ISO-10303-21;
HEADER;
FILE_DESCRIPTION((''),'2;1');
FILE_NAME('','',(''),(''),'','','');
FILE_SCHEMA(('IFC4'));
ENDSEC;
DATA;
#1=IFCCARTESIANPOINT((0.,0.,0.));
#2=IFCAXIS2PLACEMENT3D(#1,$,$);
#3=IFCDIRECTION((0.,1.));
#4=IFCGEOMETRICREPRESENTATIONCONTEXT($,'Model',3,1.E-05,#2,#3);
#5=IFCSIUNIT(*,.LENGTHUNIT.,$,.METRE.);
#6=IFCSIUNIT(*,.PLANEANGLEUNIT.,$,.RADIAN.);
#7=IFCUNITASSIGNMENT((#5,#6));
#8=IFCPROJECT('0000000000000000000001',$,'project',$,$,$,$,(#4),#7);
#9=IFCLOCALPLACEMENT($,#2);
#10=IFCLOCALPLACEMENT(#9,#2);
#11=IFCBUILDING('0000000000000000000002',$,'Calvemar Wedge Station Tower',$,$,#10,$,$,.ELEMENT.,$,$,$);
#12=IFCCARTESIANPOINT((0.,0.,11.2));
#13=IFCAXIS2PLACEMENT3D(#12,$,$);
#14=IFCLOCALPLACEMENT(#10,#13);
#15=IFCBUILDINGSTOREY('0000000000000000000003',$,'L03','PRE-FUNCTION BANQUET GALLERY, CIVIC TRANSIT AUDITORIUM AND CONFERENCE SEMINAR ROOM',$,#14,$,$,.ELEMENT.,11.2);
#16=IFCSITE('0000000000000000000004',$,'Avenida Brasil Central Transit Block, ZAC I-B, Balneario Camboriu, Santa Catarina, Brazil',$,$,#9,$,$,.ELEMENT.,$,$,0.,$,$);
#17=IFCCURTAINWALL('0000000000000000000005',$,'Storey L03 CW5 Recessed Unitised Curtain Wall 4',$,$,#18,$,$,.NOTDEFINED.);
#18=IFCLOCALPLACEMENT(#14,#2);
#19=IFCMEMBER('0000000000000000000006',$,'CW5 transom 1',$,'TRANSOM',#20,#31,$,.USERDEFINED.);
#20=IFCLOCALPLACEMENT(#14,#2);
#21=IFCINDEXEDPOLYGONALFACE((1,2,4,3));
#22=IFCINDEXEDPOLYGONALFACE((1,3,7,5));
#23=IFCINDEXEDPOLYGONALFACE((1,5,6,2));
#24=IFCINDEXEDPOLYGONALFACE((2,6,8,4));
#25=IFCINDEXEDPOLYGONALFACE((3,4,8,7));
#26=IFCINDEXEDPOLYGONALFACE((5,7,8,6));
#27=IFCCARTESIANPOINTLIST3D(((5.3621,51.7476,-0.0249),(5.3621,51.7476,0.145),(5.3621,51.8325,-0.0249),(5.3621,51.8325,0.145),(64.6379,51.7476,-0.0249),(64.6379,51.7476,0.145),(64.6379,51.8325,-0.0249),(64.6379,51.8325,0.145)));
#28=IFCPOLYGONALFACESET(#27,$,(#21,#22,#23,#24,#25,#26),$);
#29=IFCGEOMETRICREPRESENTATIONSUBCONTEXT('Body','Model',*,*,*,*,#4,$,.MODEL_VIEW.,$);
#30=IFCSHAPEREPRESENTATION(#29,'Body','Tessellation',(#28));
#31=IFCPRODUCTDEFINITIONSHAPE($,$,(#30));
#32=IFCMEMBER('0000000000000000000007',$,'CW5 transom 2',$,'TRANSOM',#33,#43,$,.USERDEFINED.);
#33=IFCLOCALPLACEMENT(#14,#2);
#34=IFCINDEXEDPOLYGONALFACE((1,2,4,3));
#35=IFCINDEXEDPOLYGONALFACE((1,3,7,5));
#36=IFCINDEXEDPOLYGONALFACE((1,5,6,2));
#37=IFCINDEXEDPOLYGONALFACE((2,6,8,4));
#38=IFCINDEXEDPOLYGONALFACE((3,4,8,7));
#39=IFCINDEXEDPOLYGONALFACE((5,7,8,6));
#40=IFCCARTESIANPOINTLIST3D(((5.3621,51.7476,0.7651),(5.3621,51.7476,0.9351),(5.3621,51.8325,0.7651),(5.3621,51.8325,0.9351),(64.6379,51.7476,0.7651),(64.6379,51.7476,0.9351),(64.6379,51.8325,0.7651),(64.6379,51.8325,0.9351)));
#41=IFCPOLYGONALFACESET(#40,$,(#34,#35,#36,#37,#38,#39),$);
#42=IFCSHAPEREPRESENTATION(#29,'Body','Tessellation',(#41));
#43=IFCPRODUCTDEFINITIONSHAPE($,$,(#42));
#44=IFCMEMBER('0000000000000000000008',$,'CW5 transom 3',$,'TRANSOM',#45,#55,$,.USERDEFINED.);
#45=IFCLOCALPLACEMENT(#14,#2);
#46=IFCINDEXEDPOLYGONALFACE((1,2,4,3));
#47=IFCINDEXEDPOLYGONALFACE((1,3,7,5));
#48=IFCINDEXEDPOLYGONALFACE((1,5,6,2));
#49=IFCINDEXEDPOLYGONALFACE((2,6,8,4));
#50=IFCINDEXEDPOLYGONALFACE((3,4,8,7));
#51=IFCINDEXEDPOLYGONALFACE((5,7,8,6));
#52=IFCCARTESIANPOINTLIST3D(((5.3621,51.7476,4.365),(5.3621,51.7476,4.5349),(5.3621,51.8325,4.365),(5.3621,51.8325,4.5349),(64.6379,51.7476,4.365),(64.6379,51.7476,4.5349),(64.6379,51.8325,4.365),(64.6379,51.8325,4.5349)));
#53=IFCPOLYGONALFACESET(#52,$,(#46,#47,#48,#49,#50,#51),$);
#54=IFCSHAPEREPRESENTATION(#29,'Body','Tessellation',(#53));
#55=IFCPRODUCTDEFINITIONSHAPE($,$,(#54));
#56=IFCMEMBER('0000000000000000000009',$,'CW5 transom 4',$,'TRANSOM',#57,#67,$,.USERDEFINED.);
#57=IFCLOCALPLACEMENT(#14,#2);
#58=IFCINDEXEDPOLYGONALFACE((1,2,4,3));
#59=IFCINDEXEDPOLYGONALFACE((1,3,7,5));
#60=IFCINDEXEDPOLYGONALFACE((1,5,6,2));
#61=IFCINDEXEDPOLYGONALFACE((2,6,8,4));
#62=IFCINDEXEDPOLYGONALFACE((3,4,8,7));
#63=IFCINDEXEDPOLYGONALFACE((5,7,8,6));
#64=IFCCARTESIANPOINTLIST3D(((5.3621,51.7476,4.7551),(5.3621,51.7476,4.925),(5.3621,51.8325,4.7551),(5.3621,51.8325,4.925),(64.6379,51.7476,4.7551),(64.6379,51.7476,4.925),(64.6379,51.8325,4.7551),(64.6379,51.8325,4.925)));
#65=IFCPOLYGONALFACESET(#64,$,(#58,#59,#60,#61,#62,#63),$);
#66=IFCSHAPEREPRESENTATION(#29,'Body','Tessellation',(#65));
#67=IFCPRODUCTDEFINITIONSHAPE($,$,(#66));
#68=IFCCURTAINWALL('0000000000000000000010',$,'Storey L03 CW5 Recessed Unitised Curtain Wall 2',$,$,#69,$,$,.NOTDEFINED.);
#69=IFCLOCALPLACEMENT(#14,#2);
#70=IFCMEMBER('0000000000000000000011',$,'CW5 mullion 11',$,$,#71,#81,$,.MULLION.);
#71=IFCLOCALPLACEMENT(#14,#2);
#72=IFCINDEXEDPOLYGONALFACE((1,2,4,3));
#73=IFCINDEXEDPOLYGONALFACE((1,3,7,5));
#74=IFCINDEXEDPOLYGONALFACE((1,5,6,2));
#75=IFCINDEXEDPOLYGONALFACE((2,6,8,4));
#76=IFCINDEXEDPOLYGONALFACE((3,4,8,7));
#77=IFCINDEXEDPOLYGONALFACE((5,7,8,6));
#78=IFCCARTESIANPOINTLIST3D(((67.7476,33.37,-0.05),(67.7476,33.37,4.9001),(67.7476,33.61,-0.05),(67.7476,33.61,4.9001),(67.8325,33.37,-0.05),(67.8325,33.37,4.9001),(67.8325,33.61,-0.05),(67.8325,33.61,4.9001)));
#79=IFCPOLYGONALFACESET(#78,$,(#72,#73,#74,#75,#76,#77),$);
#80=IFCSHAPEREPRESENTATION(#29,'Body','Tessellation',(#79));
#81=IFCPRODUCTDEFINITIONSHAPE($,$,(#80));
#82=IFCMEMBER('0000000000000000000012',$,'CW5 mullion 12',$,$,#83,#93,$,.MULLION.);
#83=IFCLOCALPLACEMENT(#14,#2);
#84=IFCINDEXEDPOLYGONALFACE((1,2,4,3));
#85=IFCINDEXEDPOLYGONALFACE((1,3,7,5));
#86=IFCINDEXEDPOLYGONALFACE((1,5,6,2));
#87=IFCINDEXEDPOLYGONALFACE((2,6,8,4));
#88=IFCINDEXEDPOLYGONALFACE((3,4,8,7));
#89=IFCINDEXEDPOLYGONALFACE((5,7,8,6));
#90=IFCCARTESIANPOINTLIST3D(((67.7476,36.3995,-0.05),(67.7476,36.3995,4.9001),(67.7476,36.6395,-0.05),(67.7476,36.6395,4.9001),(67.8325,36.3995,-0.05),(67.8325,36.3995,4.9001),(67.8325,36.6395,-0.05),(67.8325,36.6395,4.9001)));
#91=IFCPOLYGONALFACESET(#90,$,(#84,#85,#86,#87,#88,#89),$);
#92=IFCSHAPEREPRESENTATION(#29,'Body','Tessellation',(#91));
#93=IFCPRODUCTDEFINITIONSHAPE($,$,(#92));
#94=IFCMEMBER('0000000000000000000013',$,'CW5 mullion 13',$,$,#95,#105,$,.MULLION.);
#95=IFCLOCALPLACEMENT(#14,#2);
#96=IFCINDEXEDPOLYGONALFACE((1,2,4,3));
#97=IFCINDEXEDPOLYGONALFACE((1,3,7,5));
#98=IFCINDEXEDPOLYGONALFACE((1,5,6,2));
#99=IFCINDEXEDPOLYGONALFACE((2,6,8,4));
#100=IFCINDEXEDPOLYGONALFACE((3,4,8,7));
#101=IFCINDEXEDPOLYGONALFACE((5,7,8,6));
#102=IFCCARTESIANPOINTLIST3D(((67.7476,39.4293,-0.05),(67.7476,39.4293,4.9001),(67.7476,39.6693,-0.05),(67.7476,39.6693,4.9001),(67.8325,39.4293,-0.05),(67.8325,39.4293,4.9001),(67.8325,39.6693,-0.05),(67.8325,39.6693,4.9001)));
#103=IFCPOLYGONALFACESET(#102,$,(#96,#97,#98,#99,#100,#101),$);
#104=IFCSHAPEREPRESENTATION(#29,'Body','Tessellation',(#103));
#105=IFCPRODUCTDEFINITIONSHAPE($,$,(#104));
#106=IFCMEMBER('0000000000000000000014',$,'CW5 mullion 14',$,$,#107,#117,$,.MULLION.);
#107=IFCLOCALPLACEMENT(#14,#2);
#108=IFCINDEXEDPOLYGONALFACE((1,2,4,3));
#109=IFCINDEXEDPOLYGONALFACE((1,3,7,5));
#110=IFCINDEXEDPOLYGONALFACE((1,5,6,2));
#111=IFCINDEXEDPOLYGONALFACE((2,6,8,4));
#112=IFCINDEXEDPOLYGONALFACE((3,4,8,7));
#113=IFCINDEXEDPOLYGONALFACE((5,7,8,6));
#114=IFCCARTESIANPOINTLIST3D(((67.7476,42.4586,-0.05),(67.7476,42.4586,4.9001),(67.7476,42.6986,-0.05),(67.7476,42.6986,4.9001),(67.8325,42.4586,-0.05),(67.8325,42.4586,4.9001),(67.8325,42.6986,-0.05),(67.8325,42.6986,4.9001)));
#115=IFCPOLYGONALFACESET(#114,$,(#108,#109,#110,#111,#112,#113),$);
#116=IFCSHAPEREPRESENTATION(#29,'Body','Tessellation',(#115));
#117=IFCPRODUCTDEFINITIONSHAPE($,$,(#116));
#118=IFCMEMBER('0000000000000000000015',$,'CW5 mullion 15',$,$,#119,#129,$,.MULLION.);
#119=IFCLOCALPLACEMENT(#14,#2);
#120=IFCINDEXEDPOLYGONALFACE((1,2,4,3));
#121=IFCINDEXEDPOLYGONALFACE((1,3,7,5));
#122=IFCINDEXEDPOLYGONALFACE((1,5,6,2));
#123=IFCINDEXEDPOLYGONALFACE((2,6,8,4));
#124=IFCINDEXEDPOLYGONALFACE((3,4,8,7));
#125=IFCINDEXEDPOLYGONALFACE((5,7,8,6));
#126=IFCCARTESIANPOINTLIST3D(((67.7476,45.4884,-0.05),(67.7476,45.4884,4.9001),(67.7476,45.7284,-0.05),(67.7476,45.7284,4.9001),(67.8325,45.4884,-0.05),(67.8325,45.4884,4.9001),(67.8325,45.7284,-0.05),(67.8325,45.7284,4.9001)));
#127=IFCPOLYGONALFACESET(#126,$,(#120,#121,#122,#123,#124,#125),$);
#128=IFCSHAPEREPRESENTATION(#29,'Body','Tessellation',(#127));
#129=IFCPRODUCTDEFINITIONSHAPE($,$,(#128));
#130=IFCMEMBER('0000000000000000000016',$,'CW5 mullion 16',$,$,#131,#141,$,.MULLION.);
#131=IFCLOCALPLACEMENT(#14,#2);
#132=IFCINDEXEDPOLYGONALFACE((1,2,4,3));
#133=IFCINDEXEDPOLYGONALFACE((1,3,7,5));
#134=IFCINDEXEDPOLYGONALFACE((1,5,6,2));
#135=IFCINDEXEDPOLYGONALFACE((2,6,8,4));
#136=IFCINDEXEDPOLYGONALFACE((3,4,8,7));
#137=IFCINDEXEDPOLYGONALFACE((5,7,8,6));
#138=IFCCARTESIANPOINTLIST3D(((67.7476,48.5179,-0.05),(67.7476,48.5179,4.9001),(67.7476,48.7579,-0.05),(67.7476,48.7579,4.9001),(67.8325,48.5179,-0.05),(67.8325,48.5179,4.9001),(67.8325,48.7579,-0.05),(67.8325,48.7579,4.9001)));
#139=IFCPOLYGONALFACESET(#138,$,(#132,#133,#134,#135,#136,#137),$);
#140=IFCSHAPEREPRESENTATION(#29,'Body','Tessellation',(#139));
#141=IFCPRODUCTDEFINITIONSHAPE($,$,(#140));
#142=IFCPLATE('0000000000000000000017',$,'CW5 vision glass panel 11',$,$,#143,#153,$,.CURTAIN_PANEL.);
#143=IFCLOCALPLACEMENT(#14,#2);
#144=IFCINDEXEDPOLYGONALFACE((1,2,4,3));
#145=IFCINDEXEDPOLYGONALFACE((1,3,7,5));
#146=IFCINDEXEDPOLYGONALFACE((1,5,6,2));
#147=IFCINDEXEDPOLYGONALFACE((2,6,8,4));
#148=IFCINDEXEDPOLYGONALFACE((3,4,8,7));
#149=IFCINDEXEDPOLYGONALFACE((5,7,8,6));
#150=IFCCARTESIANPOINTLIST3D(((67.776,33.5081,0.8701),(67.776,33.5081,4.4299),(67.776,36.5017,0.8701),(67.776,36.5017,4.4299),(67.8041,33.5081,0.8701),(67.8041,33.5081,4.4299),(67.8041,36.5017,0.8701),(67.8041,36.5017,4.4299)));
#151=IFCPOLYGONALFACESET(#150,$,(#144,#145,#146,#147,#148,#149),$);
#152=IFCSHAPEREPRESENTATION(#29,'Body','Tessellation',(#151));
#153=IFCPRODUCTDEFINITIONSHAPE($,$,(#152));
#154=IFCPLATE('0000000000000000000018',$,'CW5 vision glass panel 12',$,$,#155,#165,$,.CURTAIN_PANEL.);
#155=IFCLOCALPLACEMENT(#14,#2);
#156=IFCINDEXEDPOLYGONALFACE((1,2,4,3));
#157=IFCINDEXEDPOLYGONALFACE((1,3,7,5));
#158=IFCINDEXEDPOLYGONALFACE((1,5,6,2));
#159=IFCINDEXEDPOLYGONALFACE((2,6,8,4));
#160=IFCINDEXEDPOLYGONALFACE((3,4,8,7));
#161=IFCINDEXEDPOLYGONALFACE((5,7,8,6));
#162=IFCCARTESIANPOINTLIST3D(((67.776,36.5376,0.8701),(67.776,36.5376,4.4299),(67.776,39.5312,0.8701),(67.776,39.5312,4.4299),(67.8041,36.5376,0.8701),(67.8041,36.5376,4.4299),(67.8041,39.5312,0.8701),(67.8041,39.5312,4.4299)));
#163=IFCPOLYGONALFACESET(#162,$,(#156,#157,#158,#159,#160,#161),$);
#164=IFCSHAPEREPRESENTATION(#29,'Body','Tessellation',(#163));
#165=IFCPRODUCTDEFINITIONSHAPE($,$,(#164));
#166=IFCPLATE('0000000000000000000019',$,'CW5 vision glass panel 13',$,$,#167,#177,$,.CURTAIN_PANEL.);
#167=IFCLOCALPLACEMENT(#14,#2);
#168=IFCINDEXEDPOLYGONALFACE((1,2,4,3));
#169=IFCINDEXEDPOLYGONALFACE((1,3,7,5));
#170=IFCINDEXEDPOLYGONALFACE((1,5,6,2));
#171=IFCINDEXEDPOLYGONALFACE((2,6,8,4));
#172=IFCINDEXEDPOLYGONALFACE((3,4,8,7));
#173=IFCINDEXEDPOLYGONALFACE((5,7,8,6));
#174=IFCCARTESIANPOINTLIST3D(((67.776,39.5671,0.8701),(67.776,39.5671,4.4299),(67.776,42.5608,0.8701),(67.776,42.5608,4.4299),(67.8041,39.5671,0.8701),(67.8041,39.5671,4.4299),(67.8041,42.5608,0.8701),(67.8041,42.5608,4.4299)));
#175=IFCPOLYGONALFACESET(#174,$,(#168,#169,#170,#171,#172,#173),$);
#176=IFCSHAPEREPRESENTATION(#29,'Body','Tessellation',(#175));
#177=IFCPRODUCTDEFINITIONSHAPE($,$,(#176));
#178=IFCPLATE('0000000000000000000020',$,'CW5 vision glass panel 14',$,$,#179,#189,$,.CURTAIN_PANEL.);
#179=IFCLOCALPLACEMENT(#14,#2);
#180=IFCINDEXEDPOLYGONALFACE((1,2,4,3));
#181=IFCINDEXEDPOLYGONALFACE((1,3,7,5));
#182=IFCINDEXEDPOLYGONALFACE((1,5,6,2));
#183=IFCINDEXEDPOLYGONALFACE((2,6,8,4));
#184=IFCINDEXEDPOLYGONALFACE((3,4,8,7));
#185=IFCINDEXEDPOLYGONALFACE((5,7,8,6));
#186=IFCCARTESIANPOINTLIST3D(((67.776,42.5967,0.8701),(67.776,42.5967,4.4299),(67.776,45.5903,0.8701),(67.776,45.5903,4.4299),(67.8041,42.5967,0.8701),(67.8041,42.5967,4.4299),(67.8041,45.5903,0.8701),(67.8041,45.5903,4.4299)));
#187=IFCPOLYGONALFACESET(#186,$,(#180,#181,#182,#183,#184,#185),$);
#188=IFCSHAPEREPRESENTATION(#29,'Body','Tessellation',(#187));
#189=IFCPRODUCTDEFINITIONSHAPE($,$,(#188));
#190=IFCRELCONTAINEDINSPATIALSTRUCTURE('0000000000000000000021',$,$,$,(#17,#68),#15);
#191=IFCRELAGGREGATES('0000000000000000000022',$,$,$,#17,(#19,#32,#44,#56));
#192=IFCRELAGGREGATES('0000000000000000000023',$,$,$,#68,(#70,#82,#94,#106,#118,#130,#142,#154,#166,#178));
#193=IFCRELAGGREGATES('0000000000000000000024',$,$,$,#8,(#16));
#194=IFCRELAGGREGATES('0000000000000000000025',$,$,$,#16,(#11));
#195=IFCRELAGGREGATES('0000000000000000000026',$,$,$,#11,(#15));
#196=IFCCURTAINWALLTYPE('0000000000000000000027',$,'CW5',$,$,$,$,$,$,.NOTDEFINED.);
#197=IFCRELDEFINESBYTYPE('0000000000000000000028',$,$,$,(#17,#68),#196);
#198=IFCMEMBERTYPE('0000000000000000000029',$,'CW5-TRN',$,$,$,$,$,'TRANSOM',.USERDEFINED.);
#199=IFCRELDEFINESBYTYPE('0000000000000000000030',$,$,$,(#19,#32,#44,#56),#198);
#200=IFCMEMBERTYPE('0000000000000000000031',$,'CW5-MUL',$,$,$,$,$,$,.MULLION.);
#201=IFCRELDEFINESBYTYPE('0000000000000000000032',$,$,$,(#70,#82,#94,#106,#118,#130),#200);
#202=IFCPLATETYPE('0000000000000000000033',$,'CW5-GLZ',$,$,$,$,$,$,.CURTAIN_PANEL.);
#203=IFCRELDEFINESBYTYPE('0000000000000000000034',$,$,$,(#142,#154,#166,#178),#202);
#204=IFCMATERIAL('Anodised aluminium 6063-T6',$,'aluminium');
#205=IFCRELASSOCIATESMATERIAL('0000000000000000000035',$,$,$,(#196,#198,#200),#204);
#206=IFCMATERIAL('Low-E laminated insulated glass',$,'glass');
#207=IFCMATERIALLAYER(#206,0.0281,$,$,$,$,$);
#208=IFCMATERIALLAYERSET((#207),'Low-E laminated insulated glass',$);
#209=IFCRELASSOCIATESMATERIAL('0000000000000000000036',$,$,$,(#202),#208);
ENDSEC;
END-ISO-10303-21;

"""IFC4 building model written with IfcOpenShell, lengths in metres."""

from ifc_helpers import new_model, si_unit, direction, frame, frame_2d, origin, origin_2d, place, context, subcontext, project, spatial, rectangle, extrude, source, transform, mapped, material, layer, layer_set, material_profile, profile_set, type_object, element, aggregate, save


model = new_model("IFC4")

# Units and contexts
model_context = context("Model", 3, precision=1e-05, world=origin(), true_north=direction((0.0, 1.0)))
body_context = subcontext(model_context, "Body", "Model", "MODEL_VIEW")
ifc_project = project(units=[si_unit("LENGTHUNIT", "METRE"), si_unit("PLANEANGLEUNIT", "RADIAN")], contexts=[model_context])

# Site, building, storey
site_placement = place(None, origin())
site = spatial("IfcSite", under=ifc_project, at=site_placement, Name="Avenida Brasil Central Transit Block, ZAC I-B, Balneario Camboriu, Santa Catarina, Brazil", CompositionType="ELEMENT", RefElevation=0.0)
building_placement = place(site_placement, origin())
building = spatial("IfcBuilding", under=site, at=building_placement, Name="Calvemar Wedge Station Tower", CompositionType="ELEMENT")
storey_placement = place(building_placement, frame((0.0, 0.0, 11.2)))
storey = spatial("IfcBuildingStorey", under=building, at=storey_placement, Name="L03", Description="PRE-FUNCTION BANQUET GALLERY, CIVIC TRANSIT AUDITORIUM AND CONFERENCE SEMINAR ROOM", CompositionType="ELEMENT", Elevation=11.2)

# Curtain wall, members
ifc_material_1 = material(Name="Anodised aluminium 6063-T6", Category="aluminium")
curtain_wall_type = type_object("IfcCurtainWallType", Name="CW5", PredefinedType="NOTDEFINED", material=ifc_material_1)
curtain_wall_1_placement = place(storey_placement, origin())
curtain_wall_1 = element("IfcCurtainWall", 1, at=curtain_wall_1_placement, inside=storey, type_object=curtain_wall_type, Name="Storey L03 CW5 Recessed Unitised Curtain Wall 4", PredefinedType="NOTDEFINED")
ifc_material_profile_1 = material_profile(ifc_material_1, rectangle(XDim=0.085, YDim=0.1699, at=origin_2d()), Name="AL-TRN-85x170")
ifc_profile_set_1 = profile_set([ifc_material_profile_1], Name="Anodised aluminium 6063-T6")
member_type_1 = type_object("IfcMemberType", Name="CW5-TRN", ElementType="TRANSOM", PredefinedType="USERDEFINED", material=ifc_profile_set_1)
shared_shape_1 = source(origin(), body_context, "Body", "SweptSolid", [
    extrude(rectangle(XDim=0.085, YDim=0.1699, at=origin_2d()), origin(), (0.0, 0.0, 1.0), 59.2759),
])
member_1_placement = place(storey_placement, frame((64.6379, 51.79, 0.0601), z_axis=(-1.0, 0.0, 0.0), x_axis=(0.0, -1.0, 0.0)))
member_1 = element("IfcMember", 2, at=member_1_placement, type_object=member_type_1, Name="CW5 transom 1", ObjectType="TRANSOM", PredefinedType="USERDEFINED", context=body_context, shape_type="MappedRepresentation", body=[
    mapped(shared_shape_1, transform((0.0, 0.0, 0.0), scale=1.0)),
])
member_2_placement = place(storey_placement, frame((64.6379, 51.79, 0.8501), z_axis=(-1.0, 0.0, 0.0), x_axis=(0.0, -1.0, 0.0)))
member_2 = element("IfcMember", 3, at=member_2_placement, type_object=member_type_1, Name="CW5 transom 2", ObjectType="TRANSOM", PredefinedType="USERDEFINED", context=body_context, shape_type="MappedRepresentation", body=[
    mapped(shared_shape_1, transform((0.0, 0.0, 0.0), scale=1.0)),
])
member_3_placement = place(storey_placement, frame((64.6379, 51.79, 4.45), z_axis=(-1.0, 0.0, 0.0), x_axis=(0.0, -1.0, 0.0)))
member_3 = element("IfcMember", 4, at=member_3_placement, type_object=member_type_1, Name="CW5 transom 3", ObjectType="TRANSOM", PredefinedType="USERDEFINED", context=body_context, shape_type="MappedRepresentation", body=[
    mapped(shared_shape_1, transform((0.0, 0.0, 0.0), scale=1.0)),
])
member_4_placement = place(storey_placement, frame((64.6379, 51.79, 4.8401), z_axis=(-1.0, 0.0, 0.0), x_axis=(0.0, -1.0, 0.0)))
member_4 = element("IfcMember", 5, at=member_4_placement, type_object=member_type_1, Name="CW5 transom 4", ObjectType="TRANSOM", PredefinedType="USERDEFINED", context=body_context, shape_type="MappedRepresentation", body=[
    mapped(shared_shape_1, transform((0.0, 0.0, 0.0), scale=1.0)),
])
aggregate(curtain_wall_1, [member_1, member_2, member_3, member_4])

# Curtain wall, members, plates
curtain_wall_2_placement = place(storey_placement, origin())
curtain_wall_2 = element("IfcCurtainWall", 6, at=curtain_wall_2_placement, inside=storey, type_object=curtain_wall_type, Name="Storey L03 CW5 Recessed Unitised Curtain Wall 2", PredefinedType="NOTDEFINED")
ifc_material_profile_2 = material_profile(ifc_material_1, rectangle(XDim=0.085, YDim=0.24, at=origin_2d()), Name="AL-MUL-85x240")
ifc_profile_set_2 = profile_set([ifc_material_profile_2], Name="Anodised aluminium 6063-T6")
member_type_2 = type_object("IfcMemberType", Name="CW5-MUL", PredefinedType="MULLION", material=ifc_profile_set_2)
shared_shape_2 = source(origin(), body_context, "Body", "SweptSolid", [
    extrude(rectangle(XDim=0.085, YDim=0.24, at=origin_2d()), origin(), (0.0, 0.0, 1.0), 4.9502),
])
member_5_placement = place(storey_placement, frame((67.79, 33.49, -0.05), z_axis=(0.0, 0.0, 1.0), x_axis=(1.0, 0.0, 0.0)))
member_5 = element("IfcMember", 7, at=member_5_placement, type_object=member_type_2, Name="CW5 mullion 11", PredefinedType="MULLION", context=body_context, shape_type="MappedRepresentation", body=[
    mapped(shared_shape_2, transform((0.0, 0.0, 0.0), scale=1.0)),
])
member_6_placement = place(storey_placement, frame((67.79, 36.5195, -0.05), z_axis=(0.0, 0.0, 1.0), x_axis=(1.0, 0.0, 0.0)))
member_6 = element("IfcMember", 8, at=member_6_placement, type_object=member_type_2, Name="CW5 mullion 12", PredefinedType="MULLION", context=body_context, shape_type="MappedRepresentation", body=[
    mapped(shared_shape_2, transform((0.0, 0.0, 0.0), scale=1.0)),
])
member_7_placement = place(storey_placement, frame((67.79, 39.5493, -0.05), z_axis=(0.0, 0.0, 1.0), x_axis=(1.0, 0.0, 0.0)))
member_7 = element("IfcMember", 9, at=member_7_placement, type_object=member_type_2, Name="CW5 mullion 13", PredefinedType="MULLION", context=body_context, shape_type="MappedRepresentation", body=[
    mapped(shared_shape_2, transform((0.0, 0.0, 0.0), scale=1.0)),
])
member_8_placement = place(storey_placement, frame((67.79, 42.5786, -0.05), z_axis=(0.0, 0.0, 1.0), x_axis=(1.0, 0.0, 0.0)))
member_8 = element("IfcMember", 10, at=member_8_placement, type_object=member_type_2, Name="CW5 mullion 14", PredefinedType="MULLION", context=body_context, shape_type="MappedRepresentation", body=[
    mapped(shared_shape_2, transform((0.0, 0.0, 0.0), scale=1.0)),
])
member_9_placement = place(storey_placement, frame((67.79, 45.6084, -0.05), z_axis=(0.0, 0.0, 1.0), x_axis=(1.0, 0.0, 0.0)))
member_9 = element("IfcMember", 11, at=member_9_placement, type_object=member_type_2, Name="CW5 mullion 15", PredefinedType="MULLION", context=body_context, shape_type="MappedRepresentation", body=[
    mapped(shared_shape_2, transform((0.0, 0.0, 0.0), scale=1.0)),
])
member_10_placement = place(storey_placement, frame((67.79, 48.6379, -0.05), z_axis=(0.0, 0.0, 1.0), x_axis=(1.0, 0.0, 0.0)))
member_10 = element("IfcMember", 12, at=member_10_placement, type_object=member_type_2, Name="CW5 mullion 16", PredefinedType="MULLION", context=body_context, shape_type="MappedRepresentation", body=[
    mapped(shared_shape_2, transform((0.0, 0.0, 0.0), scale=1.0)),
])
ifc_material_2 = material(Name="Low-E laminated insulated glass", Category="glass")
ifc_layer_1 = layer(ifc_material_2, 0.0281)
ifc_layer_set_1 = layer_set([ifc_layer_1], Name="Low-E laminated insulated glass")
plate_type_1 = type_object("IfcPlateType", Name="CW5-GLZ", PredefinedType="CURTAIN_PANEL", material=ifc_layer_set_1)
plate_1_placement = place(storey_placement, frame((67.79, 33.5081, 0.8701), z_axis=(0.0, 0.0, 1.0), x_axis=(0.0, 1.0, 0.0)))
plate_1 = element("IfcPlate", 13, at=plate_1_placement, type_object=plate_type_1, Name="CW5 vision glass panel 11", PredefinedType="CURTAIN_PANEL", context=body_context, shape_type="SweptSolid", body=[
    extrude(rectangle(XDim=2.9937, YDim=0.0281, at=frame_2d((1.4968, 0.0))), origin(), (0.0, 0.0, 1.0), 3.5598),
])
plate_2_placement = place(storey_placement, frame((67.79, 36.5376, 0.8701), z_axis=(0.0, 0.0, 1.0), x_axis=(0.0, 1.0, 0.0)))
plate_2 = element("IfcPlate", 14, at=plate_2_placement, type_object=plate_type_1, Name="CW5 vision glass panel 12", PredefinedType="CURTAIN_PANEL", context=body_context, shape_type="SweptSolid", body=[
    extrude(rectangle(XDim=2.9937, YDim=0.0281, at=frame_2d((1.4968, 0.0))), origin(), (0.0, 0.0, 1.0), 3.5598),
])
plate_3_placement = place(storey_placement, frame((67.79, 39.5671, 0.8701), z_axis=(0.0, 0.0, 1.0), x_axis=(0.0, 1.0, 0.0)))
plate_3 = element("IfcPlate", 15, at=plate_3_placement, type_object=plate_type_1, Name="CW5 vision glass panel 13", PredefinedType="CURTAIN_PANEL", context=body_context, shape_type="SweptSolid", body=[
    extrude(rectangle(XDim=2.9937, YDim=0.0281, at=frame_2d((1.4968, 0.0))), origin(), (0.0, 0.0, 1.0), 3.5598),
])
plate_4_placement = place(storey_placement, frame((67.79, 42.5967, 0.8701), z_axis=(0.0, 0.0, 1.0), x_axis=(0.0, 1.0, 0.0)))
plate_4 = element("IfcPlate", 16, at=plate_4_placement, type_object=plate_type_1, Name="CW5 vision glass panel 14", PredefinedType="CURTAIN_PANEL", context=body_context, shape_type="SweptSolid", body=[
    extrude(rectangle(XDim=2.9937, YDim=0.0281, at=frame_2d((1.4968, 0.0))), origin(), (0.0, 0.0, 1.0), 3.5598),
])
aggregate(curtain_wall_2, [member_5, member_6, member_7, member_8, member_9, member_10, plate_1, plate_2, plate_3, plate_4])

save(model, "model.ifc")
